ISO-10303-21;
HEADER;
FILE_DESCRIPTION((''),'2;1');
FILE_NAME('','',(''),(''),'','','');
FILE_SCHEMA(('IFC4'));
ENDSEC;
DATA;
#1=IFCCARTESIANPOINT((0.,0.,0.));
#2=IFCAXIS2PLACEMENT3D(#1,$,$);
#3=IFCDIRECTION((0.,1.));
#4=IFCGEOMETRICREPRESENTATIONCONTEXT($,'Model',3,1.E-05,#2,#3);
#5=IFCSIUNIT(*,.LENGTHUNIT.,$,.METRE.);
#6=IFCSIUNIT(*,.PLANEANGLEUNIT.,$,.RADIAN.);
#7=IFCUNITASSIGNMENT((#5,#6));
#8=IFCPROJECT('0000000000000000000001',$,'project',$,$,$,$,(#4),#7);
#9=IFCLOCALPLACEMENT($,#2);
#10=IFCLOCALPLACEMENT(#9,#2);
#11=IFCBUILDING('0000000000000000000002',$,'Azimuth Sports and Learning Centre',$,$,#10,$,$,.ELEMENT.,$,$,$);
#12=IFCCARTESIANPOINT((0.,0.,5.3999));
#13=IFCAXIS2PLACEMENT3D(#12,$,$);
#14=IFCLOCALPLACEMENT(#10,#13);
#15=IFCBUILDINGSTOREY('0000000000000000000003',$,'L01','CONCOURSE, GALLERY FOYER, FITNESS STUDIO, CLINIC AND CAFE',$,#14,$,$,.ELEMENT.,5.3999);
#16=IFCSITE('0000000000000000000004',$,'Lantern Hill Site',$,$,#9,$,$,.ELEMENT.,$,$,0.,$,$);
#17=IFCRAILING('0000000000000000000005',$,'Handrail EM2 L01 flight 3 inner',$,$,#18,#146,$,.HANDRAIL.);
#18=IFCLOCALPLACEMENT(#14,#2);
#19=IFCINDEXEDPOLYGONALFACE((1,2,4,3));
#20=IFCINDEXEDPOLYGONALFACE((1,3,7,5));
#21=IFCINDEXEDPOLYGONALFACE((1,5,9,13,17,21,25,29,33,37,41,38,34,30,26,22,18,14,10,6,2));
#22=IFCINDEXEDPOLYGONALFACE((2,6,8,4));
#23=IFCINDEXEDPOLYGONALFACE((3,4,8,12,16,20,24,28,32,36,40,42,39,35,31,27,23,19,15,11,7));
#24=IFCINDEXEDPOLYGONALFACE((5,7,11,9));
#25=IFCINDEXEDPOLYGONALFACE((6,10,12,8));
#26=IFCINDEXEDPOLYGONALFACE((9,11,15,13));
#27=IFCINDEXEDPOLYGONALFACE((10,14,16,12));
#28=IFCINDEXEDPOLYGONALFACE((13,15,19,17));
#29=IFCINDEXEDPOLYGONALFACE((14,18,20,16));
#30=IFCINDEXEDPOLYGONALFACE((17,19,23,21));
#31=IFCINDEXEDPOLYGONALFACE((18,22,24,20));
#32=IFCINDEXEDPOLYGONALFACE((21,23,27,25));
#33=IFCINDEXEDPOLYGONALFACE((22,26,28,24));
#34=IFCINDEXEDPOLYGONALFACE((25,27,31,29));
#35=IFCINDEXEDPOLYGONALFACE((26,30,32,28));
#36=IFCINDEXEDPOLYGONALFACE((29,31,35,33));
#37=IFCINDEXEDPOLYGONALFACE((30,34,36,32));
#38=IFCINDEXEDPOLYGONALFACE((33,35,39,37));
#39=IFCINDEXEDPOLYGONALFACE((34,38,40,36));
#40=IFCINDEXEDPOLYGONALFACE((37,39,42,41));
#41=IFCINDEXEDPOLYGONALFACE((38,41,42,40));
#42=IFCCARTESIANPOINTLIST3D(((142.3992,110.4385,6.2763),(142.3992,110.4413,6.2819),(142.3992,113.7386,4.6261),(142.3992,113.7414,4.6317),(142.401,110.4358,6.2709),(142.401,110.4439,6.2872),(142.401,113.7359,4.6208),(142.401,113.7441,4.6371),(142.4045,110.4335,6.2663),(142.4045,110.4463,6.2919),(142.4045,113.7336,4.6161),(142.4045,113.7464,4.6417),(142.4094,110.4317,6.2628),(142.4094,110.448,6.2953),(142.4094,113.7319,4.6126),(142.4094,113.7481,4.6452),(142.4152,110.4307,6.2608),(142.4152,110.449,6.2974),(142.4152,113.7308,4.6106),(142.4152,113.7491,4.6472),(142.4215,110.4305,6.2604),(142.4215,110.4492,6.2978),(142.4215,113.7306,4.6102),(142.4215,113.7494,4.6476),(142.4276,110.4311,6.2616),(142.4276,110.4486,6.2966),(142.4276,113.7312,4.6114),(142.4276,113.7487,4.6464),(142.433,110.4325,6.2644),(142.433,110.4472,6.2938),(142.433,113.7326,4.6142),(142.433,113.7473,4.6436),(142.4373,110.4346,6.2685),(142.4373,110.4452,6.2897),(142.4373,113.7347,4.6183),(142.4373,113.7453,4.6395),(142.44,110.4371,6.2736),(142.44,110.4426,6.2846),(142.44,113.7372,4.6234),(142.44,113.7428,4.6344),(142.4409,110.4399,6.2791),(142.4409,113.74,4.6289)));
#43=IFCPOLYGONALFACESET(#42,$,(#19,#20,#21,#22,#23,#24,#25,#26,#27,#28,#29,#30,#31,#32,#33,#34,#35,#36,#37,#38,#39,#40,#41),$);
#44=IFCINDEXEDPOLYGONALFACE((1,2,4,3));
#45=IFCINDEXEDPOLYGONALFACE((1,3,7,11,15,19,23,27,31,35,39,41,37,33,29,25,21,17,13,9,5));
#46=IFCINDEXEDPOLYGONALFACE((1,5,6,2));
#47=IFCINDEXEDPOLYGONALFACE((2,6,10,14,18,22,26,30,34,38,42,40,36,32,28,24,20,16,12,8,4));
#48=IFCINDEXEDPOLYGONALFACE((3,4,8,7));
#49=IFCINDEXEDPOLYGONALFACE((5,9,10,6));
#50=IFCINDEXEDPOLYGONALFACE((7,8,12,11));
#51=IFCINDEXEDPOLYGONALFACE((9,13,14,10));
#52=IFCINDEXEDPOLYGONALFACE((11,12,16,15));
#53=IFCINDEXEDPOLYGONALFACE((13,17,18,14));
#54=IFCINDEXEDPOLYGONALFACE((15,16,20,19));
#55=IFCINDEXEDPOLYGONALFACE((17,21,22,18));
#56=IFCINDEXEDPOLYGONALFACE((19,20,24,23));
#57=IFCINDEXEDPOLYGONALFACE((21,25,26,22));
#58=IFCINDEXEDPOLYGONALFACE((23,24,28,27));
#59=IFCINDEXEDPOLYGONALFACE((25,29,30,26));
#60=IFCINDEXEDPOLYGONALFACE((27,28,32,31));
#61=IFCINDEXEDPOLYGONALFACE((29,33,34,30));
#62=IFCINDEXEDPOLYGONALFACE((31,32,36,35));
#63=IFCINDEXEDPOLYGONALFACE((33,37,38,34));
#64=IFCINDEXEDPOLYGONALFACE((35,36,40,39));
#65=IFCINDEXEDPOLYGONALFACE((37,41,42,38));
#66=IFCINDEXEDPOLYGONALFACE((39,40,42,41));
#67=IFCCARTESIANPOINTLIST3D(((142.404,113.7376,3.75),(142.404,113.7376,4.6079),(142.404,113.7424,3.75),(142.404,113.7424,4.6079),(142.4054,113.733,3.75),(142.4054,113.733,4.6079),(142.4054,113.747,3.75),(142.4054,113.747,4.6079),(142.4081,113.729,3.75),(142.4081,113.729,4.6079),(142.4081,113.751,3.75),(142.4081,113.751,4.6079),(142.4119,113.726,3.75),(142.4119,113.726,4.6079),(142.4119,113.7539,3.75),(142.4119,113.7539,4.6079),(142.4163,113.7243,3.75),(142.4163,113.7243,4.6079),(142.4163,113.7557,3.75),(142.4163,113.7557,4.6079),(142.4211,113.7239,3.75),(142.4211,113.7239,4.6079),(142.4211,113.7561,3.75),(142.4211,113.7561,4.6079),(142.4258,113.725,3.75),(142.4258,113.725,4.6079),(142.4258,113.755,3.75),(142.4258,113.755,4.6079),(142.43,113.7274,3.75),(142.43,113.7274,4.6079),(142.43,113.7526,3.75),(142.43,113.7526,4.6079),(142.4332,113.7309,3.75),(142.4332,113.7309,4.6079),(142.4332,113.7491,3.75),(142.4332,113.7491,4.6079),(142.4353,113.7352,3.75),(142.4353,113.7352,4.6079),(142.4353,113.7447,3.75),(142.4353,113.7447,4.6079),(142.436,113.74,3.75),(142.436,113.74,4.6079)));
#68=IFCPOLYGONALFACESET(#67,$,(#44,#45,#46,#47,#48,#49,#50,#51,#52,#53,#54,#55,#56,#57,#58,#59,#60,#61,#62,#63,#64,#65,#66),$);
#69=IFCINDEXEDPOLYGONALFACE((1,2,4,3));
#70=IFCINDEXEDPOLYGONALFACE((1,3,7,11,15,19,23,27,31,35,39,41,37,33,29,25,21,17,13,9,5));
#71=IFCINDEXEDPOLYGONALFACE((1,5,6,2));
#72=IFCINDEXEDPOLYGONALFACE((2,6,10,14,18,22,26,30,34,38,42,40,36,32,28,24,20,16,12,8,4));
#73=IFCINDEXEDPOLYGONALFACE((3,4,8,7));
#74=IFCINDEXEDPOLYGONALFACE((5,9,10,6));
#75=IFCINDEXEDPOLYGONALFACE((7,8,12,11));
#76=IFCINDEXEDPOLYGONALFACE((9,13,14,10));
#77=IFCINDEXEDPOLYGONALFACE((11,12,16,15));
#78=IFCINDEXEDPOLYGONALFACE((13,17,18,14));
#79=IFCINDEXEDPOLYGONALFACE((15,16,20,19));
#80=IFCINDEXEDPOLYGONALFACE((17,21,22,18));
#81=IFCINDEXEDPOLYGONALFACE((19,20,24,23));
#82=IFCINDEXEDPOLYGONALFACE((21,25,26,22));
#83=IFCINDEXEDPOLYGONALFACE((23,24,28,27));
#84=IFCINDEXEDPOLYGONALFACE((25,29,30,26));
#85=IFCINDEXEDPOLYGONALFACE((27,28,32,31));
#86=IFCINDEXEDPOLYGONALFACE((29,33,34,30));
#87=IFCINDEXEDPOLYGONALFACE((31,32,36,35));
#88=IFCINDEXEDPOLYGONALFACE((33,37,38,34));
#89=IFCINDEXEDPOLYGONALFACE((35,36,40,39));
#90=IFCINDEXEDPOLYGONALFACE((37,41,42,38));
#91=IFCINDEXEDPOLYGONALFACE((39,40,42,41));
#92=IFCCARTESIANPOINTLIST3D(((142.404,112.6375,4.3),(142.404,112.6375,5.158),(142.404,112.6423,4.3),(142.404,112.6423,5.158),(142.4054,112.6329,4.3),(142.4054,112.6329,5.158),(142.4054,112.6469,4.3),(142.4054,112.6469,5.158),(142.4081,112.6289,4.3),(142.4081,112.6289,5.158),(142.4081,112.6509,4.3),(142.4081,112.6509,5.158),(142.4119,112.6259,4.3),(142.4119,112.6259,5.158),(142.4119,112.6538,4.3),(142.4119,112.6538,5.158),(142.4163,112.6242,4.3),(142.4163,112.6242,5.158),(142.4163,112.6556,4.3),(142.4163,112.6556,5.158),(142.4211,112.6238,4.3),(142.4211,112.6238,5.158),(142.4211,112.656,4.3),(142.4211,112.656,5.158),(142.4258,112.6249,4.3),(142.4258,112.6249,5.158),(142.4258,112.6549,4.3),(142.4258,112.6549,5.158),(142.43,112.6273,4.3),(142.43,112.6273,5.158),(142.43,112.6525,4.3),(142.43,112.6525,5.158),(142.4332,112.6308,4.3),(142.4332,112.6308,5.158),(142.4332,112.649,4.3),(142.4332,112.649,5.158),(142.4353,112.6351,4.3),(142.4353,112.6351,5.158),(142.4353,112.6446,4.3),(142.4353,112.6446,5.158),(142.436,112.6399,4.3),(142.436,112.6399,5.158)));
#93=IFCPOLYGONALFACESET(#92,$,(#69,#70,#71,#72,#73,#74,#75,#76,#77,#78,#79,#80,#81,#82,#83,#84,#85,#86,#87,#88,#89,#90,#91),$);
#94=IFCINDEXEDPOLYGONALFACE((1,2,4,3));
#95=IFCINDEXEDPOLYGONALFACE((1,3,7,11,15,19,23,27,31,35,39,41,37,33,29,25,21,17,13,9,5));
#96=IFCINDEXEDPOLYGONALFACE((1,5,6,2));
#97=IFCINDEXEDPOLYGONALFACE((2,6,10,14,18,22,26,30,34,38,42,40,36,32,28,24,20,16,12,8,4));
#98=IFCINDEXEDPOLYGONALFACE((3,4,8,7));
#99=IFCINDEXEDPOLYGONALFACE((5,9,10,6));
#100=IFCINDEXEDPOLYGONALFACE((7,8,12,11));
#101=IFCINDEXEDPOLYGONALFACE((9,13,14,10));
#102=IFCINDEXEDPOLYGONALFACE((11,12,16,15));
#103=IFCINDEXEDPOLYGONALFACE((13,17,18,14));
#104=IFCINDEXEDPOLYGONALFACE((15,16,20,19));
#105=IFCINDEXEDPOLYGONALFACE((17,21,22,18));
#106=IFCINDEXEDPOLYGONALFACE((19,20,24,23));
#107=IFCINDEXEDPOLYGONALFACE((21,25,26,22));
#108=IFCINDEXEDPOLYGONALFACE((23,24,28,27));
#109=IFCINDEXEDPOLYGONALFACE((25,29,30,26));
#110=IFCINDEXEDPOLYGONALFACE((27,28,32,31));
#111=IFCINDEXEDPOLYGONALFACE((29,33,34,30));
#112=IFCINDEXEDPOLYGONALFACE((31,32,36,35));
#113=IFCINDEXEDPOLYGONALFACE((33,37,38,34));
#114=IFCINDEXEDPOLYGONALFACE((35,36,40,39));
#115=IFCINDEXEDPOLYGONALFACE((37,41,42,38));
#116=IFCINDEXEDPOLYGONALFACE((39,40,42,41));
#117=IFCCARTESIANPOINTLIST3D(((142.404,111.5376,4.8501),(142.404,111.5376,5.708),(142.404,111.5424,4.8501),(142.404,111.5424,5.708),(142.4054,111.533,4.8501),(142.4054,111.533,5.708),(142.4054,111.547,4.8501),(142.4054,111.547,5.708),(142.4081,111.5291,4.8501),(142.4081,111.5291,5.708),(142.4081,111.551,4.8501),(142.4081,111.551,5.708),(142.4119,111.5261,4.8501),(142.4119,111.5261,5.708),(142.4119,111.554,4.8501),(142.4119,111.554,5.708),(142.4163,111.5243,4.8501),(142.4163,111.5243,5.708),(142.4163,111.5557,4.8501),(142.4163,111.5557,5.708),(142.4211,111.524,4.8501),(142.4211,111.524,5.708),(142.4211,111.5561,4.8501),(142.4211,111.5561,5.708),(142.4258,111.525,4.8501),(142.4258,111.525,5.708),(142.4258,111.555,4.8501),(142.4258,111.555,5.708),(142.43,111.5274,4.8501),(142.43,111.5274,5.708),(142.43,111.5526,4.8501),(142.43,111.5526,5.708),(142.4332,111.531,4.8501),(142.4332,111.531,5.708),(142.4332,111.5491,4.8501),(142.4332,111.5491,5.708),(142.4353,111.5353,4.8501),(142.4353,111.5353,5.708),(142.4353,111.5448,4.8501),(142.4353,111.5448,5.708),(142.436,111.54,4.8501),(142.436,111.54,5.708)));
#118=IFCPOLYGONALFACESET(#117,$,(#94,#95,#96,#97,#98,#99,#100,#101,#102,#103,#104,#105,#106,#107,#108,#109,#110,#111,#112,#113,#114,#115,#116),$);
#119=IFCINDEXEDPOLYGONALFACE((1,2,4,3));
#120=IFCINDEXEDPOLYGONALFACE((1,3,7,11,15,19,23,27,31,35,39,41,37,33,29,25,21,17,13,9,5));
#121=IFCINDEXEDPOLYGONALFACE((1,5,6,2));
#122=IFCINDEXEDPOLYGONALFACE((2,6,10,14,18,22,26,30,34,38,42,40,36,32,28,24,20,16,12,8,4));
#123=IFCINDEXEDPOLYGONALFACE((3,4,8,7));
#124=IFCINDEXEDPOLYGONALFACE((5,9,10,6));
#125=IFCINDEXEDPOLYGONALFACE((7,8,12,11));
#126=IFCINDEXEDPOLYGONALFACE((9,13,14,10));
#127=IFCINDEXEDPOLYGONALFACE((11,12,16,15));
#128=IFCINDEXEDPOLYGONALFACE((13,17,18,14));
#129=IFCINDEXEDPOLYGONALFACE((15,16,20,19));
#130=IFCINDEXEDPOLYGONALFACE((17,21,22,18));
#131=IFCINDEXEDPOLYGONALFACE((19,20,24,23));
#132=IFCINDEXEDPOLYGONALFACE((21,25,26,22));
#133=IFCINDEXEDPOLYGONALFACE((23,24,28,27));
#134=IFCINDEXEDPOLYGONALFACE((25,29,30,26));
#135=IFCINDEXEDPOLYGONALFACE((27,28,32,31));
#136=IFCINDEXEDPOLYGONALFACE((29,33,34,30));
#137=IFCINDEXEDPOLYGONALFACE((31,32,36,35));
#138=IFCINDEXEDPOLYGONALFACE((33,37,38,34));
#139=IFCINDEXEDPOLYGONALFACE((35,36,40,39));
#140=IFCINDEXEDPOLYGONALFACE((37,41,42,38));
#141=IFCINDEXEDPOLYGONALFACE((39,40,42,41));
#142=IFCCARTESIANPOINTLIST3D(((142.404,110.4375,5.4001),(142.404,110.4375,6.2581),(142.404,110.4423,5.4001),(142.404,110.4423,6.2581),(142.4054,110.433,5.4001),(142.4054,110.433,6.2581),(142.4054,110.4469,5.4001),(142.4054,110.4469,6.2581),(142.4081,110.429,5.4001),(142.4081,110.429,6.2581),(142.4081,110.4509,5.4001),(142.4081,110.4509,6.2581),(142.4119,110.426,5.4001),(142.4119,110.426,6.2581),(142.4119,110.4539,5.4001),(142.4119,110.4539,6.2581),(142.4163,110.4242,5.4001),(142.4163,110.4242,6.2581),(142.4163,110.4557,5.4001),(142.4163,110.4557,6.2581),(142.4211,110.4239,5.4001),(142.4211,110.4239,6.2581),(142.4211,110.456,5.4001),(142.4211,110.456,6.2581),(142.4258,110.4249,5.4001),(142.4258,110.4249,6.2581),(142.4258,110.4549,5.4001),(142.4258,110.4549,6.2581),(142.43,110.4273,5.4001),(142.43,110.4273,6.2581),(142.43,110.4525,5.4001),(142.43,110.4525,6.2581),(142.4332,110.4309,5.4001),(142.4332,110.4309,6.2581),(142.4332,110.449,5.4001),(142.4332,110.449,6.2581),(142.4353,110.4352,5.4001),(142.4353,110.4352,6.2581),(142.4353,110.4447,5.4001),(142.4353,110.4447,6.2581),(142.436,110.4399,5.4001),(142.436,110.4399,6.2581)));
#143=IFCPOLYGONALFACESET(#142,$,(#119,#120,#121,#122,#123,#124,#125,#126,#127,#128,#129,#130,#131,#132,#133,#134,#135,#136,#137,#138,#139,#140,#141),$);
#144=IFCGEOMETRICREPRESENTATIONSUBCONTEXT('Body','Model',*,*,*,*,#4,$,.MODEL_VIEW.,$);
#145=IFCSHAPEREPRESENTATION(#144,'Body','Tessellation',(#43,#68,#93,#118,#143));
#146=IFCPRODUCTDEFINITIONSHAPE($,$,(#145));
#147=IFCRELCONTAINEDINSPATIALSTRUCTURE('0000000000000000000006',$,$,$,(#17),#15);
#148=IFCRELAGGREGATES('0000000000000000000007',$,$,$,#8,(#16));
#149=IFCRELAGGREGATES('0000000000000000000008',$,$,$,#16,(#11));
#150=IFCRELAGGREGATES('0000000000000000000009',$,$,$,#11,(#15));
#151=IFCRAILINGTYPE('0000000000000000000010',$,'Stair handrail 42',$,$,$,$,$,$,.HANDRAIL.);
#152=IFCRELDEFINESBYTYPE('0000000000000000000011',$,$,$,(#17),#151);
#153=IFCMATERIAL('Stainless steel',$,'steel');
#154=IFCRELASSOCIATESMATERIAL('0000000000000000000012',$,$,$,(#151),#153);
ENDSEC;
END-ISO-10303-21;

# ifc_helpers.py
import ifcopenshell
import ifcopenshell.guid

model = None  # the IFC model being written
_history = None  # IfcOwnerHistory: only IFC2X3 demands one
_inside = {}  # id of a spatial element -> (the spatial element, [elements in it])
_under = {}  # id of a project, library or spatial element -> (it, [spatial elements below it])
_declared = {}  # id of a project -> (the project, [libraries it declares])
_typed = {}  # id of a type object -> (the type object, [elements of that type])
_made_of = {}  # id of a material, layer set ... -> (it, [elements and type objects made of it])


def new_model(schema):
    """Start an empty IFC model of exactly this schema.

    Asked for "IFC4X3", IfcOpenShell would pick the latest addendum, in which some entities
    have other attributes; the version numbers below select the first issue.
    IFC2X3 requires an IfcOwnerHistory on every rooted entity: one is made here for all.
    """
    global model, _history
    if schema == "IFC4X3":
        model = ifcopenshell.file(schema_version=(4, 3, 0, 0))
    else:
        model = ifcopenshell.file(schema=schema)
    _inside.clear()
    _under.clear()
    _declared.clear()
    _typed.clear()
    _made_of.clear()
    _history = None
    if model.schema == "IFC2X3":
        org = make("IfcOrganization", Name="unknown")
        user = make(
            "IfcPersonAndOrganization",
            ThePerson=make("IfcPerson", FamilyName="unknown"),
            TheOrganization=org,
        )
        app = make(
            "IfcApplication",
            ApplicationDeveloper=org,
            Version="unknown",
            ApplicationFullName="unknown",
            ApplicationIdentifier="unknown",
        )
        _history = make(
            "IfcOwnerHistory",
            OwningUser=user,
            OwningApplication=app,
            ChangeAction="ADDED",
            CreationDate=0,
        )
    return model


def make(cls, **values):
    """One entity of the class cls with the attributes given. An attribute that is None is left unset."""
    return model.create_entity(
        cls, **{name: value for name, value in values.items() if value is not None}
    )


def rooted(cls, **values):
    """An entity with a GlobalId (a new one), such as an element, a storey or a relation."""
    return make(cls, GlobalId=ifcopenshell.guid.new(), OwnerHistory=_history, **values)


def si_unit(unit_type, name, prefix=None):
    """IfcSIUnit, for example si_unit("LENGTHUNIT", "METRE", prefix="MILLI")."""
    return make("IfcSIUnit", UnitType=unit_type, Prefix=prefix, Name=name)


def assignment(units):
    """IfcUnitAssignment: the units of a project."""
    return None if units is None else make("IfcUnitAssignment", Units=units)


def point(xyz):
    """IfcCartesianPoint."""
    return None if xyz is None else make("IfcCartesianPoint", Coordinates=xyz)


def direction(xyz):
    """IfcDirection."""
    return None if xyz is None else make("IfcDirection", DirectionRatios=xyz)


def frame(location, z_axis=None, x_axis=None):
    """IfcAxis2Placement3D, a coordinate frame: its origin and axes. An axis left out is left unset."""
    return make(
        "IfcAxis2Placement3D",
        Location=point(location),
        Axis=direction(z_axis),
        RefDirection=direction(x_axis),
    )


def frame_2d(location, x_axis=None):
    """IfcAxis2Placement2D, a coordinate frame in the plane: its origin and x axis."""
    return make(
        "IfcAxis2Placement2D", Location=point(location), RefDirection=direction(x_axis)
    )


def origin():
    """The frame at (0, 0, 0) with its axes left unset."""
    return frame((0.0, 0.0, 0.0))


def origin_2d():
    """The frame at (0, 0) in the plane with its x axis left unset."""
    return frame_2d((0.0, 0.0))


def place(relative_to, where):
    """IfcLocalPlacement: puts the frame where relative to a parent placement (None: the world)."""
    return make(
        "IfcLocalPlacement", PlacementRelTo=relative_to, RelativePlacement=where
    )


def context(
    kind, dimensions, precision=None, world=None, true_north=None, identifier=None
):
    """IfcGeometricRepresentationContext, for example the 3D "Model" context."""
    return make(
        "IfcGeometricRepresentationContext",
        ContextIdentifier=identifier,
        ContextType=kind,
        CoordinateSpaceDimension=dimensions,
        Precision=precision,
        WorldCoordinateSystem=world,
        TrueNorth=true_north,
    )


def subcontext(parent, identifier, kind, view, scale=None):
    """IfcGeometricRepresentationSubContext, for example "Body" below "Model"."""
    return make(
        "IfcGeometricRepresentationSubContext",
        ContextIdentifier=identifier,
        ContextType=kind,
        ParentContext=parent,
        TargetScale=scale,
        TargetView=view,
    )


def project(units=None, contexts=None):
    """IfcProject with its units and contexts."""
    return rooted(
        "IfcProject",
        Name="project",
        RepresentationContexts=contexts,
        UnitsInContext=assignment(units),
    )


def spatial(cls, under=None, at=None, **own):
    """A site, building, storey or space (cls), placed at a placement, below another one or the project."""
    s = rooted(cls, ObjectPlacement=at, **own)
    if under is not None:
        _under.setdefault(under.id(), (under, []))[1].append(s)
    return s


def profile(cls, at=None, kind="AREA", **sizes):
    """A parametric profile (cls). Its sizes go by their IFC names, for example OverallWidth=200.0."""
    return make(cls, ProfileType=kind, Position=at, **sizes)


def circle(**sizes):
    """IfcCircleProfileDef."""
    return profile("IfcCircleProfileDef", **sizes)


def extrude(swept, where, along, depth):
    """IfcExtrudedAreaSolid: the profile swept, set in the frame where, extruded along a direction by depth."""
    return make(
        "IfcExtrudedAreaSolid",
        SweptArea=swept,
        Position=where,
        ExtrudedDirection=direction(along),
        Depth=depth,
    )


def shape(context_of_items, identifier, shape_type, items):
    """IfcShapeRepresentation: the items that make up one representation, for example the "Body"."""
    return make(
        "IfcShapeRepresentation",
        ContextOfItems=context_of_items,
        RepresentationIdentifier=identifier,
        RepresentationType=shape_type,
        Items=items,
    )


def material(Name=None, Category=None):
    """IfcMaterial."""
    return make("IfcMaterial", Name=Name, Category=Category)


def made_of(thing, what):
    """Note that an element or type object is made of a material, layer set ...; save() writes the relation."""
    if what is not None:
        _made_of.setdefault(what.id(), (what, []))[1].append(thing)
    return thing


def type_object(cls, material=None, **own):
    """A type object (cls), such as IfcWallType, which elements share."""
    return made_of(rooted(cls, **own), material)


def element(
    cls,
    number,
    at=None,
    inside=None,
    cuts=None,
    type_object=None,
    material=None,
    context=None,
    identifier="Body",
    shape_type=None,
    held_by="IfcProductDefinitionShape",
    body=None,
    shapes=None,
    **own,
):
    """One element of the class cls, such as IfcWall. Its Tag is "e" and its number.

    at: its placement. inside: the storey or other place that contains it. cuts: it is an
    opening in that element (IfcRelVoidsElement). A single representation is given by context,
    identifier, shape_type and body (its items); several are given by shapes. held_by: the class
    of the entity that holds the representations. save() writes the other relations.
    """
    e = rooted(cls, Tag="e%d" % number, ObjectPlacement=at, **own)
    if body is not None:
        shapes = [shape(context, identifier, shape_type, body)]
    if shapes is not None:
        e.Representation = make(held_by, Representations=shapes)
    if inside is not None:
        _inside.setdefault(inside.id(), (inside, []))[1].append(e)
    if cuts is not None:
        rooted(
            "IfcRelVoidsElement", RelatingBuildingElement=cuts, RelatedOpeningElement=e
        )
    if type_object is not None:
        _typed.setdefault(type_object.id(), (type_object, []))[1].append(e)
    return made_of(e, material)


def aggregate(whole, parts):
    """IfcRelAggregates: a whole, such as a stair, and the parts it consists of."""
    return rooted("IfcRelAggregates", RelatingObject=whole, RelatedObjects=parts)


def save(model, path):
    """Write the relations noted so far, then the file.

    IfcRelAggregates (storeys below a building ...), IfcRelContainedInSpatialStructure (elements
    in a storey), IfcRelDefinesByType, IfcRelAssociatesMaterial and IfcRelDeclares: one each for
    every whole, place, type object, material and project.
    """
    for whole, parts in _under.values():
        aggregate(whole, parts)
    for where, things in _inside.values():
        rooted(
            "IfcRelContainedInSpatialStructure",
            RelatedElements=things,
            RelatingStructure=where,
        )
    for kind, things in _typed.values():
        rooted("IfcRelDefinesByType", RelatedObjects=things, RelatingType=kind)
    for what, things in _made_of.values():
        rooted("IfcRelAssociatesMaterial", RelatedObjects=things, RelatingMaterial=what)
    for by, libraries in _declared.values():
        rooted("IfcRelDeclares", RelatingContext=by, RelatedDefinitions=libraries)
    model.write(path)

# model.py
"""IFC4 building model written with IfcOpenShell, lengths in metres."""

from ifc_helpers import new_model, si_unit, direction, frame, origin, origin_2d, place, context, subcontext, project, spatial, circle, extrude, material, type_object, element, save


model = new_model("IFC4")

# Units and contexts
model_context = context("Model", 3, precision=1e-05, world=origin(), true_north=direction((0.0, 1.0)))
body_context = subcontext(model_context, "Body", "Model", "MODEL_VIEW")
ifc_project = project(units=[si_unit("LENGTHUNIT", "METRE"), si_unit("PLANEANGLEUNIT", "RADIAN")], contexts=[model_context])

# Site, building, storey
site_placement = place(None, origin())
site = spatial("IfcSite", under=ifc_project, at=site_placement, Name="Lantern Hill Site", CompositionType="ELEMENT", RefElevation=0.0)
building_placement = place(site_placement, origin())
building = spatial("IfcBuilding", under=site, at=building_placement, Name="Azimuth Sports and Learning Centre", CompositionType="ELEMENT")
storey_placement = place(building_placement, frame((0.0, 0.0, 5.3999)))
storey = spatial("IfcBuildingStorey", under=building, at=storey_placement, Name="L01", Description="CONCOURSE, GALLERY FOYER, FITNESS STUDIO, CLINIC AND CAFE", CompositionType="ELEMENT", Elevation=5.3999)

# Railing
ifc_material_1 = material(Name="Stainless steel", Category="steel")
railing_type = type_object("IfcRailingType", Name="Stair handrail 42", PredefinedType="HANDRAIL", material=ifc_material_1)
for number, where, name in (
    (1, (142.4199, 113.74, 3.75), "Handrail EM2 L01 flight 3 inner"),
):
    element("IfcRailing", number, at=place(storey_placement, frame(where)), inside=storey, type_object=railing_type, Name=name, PredefinedType="HANDRAIL", context=body_context, shape_type="SweptSolid", body=[
        extrude(circle(Radius=0.021, at=origin_2d()), frame((0.0, 0.0, 0.8789), z_axis=(0.0, -0.894414, 0.44724), x_axis=(1.0, 0.0, 0.0)), (0.0, 0.0, 1.0), 3.6897),
        extrude(circle(Radius=0.0161, at=origin_2d()), origin(), (0.0, 0.0, 1.0), 0.8579),
        extrude(circle(Radius=0.0161, at=origin_2d()), frame((0.0, -1.1001, 0.55)), (0.0, 0.0, 1.0), 0.8579),
        extrude(circle(Radius=0.0161, at=origin_2d()), frame((0.0, -2.2, 1.1001)), (0.0, 0.0, 1.0), 0.8579),
        extrude(circle(Radius=0.0161, at=origin_2d()), frame((0.0, -3.3, 1.6501)), (0.0, 0.0, 1.0), 0.8579),
    ])

save(model, "model.ifc")
